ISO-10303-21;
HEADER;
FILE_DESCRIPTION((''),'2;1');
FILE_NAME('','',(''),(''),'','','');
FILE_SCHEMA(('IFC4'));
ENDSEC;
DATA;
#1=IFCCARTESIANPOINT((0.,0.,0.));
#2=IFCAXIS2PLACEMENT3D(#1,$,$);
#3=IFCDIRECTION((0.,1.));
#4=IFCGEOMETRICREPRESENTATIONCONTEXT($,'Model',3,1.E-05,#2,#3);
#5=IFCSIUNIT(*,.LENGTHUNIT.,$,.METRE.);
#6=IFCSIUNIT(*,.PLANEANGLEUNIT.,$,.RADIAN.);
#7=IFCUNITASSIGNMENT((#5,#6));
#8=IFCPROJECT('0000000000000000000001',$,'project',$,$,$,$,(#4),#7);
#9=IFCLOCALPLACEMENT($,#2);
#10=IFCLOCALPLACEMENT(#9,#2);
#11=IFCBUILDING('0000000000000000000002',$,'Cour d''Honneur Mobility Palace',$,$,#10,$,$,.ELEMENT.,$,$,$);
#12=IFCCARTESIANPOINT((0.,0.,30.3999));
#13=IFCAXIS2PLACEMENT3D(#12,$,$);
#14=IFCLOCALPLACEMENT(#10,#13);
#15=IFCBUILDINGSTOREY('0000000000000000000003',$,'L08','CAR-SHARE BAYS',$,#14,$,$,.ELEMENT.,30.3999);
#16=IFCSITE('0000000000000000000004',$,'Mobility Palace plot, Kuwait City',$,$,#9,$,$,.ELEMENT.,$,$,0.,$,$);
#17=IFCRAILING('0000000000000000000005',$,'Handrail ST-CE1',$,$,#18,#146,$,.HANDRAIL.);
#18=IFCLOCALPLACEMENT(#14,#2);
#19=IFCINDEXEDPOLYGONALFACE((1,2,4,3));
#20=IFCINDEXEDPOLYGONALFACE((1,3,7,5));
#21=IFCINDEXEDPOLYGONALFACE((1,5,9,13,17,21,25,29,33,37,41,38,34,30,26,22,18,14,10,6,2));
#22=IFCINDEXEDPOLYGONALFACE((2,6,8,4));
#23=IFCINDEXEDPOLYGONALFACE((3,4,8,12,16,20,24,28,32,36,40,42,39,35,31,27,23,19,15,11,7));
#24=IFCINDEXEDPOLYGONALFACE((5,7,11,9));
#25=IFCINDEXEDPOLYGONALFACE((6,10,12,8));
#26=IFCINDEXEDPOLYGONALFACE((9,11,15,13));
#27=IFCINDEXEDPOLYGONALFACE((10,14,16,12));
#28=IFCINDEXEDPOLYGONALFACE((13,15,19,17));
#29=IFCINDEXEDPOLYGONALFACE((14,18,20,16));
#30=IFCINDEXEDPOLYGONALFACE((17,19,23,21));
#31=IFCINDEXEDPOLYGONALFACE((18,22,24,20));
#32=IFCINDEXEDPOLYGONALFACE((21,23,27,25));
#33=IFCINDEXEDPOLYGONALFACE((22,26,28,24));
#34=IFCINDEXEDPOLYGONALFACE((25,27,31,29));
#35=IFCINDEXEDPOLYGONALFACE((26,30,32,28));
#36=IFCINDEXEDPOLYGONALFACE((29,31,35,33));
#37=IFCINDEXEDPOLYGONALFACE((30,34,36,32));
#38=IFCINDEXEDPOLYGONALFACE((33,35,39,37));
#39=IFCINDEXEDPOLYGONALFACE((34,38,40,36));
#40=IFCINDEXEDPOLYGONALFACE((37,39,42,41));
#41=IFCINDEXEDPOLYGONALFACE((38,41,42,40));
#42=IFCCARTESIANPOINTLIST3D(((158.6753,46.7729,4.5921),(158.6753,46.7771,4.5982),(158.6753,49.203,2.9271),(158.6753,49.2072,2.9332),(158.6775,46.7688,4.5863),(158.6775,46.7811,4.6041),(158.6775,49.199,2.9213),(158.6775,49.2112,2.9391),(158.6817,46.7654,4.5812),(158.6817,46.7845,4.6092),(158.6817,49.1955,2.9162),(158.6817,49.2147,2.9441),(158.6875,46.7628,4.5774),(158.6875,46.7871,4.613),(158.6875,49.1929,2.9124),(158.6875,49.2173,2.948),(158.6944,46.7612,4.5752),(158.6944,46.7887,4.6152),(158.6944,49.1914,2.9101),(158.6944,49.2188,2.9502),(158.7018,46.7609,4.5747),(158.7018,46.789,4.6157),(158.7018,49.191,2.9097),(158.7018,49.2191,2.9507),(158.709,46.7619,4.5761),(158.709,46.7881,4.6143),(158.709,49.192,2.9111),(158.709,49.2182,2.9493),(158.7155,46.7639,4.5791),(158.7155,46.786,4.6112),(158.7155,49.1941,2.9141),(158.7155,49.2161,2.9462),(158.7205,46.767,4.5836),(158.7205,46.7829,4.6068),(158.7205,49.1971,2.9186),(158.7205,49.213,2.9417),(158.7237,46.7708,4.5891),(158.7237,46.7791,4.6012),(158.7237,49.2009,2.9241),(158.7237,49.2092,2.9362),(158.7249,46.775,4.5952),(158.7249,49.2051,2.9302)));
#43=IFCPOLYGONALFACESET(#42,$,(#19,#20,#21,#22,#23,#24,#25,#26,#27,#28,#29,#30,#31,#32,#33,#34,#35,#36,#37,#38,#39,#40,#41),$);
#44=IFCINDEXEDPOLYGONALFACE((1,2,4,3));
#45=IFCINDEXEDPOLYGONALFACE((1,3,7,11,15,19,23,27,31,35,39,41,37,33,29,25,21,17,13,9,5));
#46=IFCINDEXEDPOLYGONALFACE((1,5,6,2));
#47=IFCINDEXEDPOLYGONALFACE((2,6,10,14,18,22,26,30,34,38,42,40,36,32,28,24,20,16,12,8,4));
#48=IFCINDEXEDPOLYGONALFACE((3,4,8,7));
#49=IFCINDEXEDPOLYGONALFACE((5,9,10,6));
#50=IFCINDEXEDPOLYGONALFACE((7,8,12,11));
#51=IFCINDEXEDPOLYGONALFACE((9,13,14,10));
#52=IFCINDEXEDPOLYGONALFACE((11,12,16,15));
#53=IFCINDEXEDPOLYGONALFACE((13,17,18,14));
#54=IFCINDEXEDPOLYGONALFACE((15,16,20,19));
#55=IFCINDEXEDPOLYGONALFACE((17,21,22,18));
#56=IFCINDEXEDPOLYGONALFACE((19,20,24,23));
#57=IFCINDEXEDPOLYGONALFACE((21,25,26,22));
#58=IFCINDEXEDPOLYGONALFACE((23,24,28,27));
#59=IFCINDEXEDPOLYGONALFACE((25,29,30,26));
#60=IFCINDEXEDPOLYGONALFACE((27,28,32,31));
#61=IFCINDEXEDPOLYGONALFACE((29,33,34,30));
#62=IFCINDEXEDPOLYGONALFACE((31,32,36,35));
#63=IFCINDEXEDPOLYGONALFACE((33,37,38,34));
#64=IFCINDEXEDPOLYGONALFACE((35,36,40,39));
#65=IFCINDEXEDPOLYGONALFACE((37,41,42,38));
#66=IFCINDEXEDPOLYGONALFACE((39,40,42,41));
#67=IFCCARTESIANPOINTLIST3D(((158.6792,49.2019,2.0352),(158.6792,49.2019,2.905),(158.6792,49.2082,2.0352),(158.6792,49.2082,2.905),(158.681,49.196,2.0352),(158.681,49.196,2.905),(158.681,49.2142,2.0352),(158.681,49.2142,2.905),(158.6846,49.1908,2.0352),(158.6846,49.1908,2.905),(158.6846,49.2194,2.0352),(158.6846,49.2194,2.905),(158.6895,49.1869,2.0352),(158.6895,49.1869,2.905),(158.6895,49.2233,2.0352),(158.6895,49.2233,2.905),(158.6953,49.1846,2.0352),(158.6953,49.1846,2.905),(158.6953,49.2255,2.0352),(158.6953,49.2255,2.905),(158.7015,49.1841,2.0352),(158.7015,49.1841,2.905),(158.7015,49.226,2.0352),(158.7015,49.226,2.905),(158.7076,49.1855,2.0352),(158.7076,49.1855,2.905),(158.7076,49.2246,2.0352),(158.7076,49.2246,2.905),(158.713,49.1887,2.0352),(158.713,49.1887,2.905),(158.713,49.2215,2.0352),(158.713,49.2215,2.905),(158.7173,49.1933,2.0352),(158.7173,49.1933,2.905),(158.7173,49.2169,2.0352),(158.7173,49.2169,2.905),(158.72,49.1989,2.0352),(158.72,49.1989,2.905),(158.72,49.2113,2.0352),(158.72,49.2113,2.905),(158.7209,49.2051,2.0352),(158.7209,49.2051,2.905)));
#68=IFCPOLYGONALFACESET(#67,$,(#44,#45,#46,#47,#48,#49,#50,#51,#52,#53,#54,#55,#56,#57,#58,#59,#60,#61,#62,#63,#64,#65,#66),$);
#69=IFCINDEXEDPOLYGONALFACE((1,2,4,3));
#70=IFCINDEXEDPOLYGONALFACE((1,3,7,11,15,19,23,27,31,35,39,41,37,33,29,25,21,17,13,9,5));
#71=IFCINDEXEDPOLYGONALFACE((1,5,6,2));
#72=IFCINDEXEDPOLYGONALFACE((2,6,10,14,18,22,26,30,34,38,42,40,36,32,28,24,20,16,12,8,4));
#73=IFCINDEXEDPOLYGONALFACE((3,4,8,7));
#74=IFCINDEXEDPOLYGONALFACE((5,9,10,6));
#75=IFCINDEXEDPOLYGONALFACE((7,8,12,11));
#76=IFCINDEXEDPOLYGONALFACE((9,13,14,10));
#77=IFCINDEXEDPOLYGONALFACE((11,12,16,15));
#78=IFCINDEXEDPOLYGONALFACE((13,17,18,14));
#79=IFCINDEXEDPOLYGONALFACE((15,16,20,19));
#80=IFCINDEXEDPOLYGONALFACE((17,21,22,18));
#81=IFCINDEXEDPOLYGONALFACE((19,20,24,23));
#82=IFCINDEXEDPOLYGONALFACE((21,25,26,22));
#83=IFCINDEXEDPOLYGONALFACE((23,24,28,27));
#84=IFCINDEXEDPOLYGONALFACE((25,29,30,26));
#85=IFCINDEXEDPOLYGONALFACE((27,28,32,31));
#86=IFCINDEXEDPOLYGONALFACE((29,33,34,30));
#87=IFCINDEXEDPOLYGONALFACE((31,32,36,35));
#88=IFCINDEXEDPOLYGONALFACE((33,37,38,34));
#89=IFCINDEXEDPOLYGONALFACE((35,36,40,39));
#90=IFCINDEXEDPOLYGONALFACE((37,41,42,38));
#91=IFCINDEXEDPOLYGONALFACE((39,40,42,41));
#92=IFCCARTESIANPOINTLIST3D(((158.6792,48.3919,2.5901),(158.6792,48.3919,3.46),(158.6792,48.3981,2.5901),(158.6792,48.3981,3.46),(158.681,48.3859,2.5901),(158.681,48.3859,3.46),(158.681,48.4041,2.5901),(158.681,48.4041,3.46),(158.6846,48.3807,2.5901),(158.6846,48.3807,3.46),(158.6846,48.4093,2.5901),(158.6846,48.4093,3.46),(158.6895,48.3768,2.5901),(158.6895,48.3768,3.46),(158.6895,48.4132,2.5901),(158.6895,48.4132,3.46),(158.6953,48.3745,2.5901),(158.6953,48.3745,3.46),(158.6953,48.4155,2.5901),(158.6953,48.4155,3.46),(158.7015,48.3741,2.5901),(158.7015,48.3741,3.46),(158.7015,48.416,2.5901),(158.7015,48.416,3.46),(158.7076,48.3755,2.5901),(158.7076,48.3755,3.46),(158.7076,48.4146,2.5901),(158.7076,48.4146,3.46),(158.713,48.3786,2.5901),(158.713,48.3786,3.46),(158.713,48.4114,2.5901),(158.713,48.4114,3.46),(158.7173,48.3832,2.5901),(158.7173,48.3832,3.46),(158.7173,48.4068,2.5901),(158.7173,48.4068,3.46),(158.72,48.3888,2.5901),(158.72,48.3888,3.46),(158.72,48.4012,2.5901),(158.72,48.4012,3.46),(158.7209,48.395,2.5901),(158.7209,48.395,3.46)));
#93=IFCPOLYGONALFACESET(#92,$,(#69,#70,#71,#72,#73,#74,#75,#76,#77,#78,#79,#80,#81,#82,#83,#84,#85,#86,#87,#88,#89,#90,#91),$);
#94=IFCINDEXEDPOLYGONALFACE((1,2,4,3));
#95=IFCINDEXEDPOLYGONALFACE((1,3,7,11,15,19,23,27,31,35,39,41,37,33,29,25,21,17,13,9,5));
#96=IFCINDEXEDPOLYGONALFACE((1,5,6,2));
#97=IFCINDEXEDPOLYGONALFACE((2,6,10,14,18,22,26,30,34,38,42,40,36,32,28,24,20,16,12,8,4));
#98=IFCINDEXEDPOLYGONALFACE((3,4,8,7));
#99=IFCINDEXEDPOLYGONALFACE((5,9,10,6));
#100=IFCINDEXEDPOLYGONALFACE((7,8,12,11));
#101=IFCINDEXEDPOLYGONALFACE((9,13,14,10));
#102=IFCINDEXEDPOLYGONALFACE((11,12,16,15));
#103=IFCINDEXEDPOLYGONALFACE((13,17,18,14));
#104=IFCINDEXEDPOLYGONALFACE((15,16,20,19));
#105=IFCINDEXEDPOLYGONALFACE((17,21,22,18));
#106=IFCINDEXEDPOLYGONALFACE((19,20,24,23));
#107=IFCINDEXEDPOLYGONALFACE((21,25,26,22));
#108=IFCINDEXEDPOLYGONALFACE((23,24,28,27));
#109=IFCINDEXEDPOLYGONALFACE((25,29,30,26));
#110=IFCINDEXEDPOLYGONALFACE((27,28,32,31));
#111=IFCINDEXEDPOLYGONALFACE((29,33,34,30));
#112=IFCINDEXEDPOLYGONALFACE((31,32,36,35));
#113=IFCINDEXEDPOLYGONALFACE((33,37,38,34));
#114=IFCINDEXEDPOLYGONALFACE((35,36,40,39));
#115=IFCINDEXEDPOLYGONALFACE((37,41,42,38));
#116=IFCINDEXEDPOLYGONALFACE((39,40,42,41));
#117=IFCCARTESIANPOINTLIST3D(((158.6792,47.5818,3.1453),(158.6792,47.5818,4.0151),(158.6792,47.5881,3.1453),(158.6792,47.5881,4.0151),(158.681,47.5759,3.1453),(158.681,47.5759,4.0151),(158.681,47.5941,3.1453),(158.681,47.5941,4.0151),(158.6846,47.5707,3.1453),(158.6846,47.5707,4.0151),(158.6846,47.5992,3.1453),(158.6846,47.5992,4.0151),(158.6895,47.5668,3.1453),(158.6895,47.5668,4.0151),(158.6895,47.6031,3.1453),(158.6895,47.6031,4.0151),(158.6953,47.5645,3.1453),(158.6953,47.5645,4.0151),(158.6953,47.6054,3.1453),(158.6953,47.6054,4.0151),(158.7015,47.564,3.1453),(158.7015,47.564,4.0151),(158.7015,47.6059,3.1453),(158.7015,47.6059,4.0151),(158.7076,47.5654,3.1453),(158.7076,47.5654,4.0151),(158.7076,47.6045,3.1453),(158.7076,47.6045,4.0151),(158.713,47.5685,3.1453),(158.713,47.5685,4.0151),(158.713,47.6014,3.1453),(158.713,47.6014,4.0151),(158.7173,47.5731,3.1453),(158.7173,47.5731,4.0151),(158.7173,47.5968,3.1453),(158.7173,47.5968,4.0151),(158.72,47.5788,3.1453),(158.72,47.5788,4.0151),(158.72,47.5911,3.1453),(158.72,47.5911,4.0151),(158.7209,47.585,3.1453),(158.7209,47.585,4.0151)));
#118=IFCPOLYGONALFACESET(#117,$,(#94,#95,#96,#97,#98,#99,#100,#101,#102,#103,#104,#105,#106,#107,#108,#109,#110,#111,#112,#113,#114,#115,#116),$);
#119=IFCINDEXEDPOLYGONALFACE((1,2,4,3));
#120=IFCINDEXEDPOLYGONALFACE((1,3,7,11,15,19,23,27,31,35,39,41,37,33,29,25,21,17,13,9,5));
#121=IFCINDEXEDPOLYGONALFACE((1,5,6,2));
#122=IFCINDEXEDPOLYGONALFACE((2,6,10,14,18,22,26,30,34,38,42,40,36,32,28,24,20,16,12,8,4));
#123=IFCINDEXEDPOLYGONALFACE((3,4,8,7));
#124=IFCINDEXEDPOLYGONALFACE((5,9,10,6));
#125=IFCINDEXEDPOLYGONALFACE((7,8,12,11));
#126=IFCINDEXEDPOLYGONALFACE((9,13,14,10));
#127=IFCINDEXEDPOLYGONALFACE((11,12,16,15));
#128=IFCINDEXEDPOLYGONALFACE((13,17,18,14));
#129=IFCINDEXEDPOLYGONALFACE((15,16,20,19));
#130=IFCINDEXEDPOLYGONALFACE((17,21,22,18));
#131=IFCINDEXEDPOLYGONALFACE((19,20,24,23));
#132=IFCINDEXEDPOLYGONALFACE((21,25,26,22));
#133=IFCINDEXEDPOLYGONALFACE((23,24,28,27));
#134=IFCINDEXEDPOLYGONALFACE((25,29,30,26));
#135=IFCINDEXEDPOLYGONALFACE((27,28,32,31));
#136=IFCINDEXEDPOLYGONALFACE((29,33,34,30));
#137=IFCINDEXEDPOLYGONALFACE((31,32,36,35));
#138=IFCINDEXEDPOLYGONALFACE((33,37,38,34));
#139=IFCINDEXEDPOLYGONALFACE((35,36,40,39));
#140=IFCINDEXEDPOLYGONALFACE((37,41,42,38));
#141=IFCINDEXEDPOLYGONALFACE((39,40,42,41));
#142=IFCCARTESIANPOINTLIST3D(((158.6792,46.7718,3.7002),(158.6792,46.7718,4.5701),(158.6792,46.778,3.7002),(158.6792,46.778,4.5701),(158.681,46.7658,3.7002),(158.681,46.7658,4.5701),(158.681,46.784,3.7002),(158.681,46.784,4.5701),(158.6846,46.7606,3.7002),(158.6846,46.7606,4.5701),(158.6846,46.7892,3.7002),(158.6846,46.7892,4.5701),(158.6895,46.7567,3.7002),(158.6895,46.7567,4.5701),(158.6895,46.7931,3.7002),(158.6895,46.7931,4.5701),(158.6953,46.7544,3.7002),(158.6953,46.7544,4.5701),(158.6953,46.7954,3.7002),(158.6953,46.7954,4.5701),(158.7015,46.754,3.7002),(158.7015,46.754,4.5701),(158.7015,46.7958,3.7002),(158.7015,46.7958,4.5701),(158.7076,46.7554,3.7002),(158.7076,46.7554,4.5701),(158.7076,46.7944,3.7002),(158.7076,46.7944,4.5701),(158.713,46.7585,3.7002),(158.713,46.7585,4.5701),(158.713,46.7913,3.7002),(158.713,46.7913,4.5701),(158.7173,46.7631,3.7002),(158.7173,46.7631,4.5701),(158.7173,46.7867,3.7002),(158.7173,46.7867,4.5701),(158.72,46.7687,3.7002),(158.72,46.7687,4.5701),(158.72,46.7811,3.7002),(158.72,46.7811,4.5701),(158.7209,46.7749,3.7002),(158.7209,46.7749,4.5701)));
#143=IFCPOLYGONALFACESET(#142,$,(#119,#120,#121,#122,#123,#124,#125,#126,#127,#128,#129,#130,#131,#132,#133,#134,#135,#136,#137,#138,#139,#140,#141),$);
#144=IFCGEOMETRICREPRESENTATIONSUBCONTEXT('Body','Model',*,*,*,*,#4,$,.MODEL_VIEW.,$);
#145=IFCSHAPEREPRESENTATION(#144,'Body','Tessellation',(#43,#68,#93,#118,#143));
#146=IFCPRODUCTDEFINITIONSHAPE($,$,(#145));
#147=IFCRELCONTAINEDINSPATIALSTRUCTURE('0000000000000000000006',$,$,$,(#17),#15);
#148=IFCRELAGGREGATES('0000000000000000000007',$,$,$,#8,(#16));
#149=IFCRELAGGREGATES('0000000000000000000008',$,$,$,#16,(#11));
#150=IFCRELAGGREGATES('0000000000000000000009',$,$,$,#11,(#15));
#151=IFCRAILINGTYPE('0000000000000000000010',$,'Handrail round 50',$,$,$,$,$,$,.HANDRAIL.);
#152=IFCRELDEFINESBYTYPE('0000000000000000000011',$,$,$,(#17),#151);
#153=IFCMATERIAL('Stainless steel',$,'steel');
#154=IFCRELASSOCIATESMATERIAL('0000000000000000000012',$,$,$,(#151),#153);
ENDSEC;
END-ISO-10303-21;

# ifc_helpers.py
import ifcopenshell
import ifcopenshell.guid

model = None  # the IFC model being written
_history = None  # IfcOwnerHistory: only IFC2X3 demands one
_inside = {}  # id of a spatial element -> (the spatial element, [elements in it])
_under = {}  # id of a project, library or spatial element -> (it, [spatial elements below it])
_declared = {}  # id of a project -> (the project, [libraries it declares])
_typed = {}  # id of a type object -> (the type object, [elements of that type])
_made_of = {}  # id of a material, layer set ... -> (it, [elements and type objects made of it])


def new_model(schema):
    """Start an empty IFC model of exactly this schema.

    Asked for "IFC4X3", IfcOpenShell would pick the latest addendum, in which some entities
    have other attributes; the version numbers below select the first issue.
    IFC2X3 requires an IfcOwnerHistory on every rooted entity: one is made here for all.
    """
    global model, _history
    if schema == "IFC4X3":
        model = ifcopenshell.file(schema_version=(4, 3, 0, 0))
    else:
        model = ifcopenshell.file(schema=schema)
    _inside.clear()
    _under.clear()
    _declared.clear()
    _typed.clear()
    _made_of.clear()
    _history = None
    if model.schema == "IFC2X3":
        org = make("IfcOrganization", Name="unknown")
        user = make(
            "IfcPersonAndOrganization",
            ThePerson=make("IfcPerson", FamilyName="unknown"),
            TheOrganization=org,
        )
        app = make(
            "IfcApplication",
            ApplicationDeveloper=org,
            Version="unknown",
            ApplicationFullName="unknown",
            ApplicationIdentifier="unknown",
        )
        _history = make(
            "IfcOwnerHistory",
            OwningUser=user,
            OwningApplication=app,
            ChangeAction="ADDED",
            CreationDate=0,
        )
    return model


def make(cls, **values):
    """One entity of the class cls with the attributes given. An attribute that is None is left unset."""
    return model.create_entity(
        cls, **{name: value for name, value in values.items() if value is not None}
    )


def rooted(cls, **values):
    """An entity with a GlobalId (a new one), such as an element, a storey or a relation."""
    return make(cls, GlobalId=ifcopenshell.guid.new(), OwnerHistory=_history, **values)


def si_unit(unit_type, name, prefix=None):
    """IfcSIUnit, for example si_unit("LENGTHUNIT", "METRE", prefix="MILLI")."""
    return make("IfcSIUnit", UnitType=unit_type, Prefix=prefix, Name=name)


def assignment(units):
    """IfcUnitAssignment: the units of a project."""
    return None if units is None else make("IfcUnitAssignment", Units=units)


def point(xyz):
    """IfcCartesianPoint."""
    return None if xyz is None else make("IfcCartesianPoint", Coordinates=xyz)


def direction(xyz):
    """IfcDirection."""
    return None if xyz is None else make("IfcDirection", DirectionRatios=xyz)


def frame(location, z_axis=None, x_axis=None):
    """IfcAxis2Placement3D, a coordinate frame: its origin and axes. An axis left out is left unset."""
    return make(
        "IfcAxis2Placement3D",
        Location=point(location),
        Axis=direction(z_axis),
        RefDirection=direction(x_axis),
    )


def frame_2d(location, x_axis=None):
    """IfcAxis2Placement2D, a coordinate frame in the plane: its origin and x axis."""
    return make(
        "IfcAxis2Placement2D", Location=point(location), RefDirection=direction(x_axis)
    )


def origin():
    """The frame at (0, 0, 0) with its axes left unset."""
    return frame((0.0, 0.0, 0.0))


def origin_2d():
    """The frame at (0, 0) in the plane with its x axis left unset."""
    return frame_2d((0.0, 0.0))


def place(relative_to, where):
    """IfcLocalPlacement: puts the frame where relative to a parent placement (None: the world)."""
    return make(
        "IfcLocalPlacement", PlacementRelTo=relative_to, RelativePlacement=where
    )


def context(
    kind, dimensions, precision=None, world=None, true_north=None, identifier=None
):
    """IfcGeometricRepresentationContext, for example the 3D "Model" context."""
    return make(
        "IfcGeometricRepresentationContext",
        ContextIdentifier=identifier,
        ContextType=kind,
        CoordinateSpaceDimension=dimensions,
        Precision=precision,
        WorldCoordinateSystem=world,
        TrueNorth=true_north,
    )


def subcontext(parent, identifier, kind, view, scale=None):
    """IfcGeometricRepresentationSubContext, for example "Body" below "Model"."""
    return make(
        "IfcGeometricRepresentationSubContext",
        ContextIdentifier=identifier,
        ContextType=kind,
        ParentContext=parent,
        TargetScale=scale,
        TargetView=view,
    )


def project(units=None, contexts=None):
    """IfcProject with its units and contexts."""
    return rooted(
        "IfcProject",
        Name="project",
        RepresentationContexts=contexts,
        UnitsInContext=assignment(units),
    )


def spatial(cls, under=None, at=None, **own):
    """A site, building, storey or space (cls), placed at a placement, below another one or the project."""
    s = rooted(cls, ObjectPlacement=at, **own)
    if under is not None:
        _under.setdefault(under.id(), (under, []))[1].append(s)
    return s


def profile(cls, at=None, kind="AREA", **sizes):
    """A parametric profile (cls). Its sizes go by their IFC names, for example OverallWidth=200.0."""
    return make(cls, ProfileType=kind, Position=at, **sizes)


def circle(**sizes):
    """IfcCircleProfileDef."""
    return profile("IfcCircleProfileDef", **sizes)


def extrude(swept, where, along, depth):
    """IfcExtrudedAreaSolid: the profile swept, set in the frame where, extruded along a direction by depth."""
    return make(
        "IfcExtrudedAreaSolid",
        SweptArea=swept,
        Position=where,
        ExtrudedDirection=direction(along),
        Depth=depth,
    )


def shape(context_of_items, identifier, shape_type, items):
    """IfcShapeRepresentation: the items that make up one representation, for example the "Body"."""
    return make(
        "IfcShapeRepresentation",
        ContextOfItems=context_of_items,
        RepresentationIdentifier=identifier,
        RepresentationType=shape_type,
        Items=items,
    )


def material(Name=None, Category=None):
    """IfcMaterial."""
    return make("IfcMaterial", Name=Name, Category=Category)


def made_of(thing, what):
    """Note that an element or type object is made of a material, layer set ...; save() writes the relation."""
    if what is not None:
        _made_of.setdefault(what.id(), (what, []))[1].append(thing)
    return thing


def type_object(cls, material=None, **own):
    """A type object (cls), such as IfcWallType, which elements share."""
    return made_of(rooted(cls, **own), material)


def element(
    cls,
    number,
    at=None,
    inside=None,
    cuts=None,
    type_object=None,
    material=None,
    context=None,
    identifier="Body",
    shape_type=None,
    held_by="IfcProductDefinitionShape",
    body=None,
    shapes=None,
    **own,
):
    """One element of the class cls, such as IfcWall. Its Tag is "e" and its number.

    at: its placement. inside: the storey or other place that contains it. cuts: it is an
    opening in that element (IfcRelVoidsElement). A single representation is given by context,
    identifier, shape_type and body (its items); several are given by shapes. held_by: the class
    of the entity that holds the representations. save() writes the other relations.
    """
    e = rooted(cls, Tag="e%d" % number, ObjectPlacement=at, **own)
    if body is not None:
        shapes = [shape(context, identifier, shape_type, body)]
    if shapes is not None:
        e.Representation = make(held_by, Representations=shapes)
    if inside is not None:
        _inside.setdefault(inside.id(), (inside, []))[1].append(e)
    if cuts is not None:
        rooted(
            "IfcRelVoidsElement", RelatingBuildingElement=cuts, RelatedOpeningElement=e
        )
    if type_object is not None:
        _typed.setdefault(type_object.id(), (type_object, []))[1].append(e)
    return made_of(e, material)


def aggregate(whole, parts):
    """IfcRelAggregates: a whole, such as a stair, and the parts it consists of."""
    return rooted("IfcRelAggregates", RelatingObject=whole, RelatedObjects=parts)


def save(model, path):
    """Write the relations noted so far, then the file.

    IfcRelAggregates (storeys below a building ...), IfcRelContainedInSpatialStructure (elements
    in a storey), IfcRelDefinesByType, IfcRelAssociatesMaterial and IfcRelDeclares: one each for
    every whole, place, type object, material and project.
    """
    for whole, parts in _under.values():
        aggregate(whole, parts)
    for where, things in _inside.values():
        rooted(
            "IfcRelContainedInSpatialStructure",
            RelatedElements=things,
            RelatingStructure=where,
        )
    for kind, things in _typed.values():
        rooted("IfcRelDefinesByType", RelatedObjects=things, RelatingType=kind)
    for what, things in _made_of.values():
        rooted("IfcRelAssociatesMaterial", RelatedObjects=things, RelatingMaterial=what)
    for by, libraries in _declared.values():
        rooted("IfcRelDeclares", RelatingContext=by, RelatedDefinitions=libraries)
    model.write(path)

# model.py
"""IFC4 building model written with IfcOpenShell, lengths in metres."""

from ifc_helpers import new_model, si_unit, direction, frame, origin, origin_2d, place, context, subcontext, project, spatial, circle, extrude, material, type_object, element, save


model = new_model("IFC4")

# Units and contexts
model_context = context("Model", 3, precision=1e-05, world=origin(), true_north=direction((0.0, 1.0)))
body_context = subcontext(model_context, "Body", "Model", "MODEL_VIEW")
ifc_project = project(units=[si_unit("LENGTHUNIT", "METRE"), si_unit("PLANEANGLEUNIT", "RADIAN")], contexts=[model_context])

# Site, building, storey
site_placement = place(None, origin())
site = spatial("IfcSite", under=ifc_project, at=site_placement, Name="Mobility Palace plot, Kuwait City", CompositionType="ELEMENT", RefElevation=0.0)
building_placement = place(site_placement, origin())
building = spatial("IfcBuilding", under=site, at=building_placement, Name="Cour d'Honneur Mobility Palace", CompositionType="ELEMENT")
storey_placement = place(building_placement, frame((0.0, 0.0, 30.3999)))
storey = spatial("IfcBuildingStorey", under=building, at=storey_placement, Name="L08", Description="CAR-SHARE BAYS", CompositionType="ELEMENT", Elevation=30.3999)

# Railing
ifc_material_1 = material(Name="Stainless steel", Category="steel")
railing_type_1 = type_object("IfcRailingType", Name="Handrail round 50", PredefinedType="HANDRAIL", material=ifc_material_1)
railing_1_placement = place(storey_placement, frame((158.7, 49.2051, 2.0352)))
element("IfcRailing", 1, at=railing_1_placement, inside=storey, type_object=railing_type_1, Name="Handrail ST-CE1", PredefinedType="HANDRAIL", context=body_context, shape_type="SweptSolid", body=[
    extrude(circle(Radius=0.0249, at=origin_2d()), frame((0.0, 0.0, 0.895), z_axis=(0.0, -0.824945, 0.565213), x_axis=(1.0, 0.0, 0.0)), (0.0, 0.0, 1.0), 2.9458),
    extrude(circle(Radius=0.021, at=origin_2d()), origin(), (0.0, 0.0, 1.0), 0.8699),
    extrude(circle(Radius=0.021, at=origin_2d()), frame((0.0, -0.8101, 0.5549)), (0.0, 0.0, 1.0), 0.8699),
    extrude(circle(Radius=0.021, at=origin_2d()), frame((0.0, -1.6201, 1.1101)), (0.0, 0.0, 1.0), 0.8699),
    extrude(circle(Radius=0.021, at=origin_2d()), frame((0.0, -2.4302, 1.665)), (0.0, 0.0, 1.0), 0.8699),
])

save(model, "model.ifc")
